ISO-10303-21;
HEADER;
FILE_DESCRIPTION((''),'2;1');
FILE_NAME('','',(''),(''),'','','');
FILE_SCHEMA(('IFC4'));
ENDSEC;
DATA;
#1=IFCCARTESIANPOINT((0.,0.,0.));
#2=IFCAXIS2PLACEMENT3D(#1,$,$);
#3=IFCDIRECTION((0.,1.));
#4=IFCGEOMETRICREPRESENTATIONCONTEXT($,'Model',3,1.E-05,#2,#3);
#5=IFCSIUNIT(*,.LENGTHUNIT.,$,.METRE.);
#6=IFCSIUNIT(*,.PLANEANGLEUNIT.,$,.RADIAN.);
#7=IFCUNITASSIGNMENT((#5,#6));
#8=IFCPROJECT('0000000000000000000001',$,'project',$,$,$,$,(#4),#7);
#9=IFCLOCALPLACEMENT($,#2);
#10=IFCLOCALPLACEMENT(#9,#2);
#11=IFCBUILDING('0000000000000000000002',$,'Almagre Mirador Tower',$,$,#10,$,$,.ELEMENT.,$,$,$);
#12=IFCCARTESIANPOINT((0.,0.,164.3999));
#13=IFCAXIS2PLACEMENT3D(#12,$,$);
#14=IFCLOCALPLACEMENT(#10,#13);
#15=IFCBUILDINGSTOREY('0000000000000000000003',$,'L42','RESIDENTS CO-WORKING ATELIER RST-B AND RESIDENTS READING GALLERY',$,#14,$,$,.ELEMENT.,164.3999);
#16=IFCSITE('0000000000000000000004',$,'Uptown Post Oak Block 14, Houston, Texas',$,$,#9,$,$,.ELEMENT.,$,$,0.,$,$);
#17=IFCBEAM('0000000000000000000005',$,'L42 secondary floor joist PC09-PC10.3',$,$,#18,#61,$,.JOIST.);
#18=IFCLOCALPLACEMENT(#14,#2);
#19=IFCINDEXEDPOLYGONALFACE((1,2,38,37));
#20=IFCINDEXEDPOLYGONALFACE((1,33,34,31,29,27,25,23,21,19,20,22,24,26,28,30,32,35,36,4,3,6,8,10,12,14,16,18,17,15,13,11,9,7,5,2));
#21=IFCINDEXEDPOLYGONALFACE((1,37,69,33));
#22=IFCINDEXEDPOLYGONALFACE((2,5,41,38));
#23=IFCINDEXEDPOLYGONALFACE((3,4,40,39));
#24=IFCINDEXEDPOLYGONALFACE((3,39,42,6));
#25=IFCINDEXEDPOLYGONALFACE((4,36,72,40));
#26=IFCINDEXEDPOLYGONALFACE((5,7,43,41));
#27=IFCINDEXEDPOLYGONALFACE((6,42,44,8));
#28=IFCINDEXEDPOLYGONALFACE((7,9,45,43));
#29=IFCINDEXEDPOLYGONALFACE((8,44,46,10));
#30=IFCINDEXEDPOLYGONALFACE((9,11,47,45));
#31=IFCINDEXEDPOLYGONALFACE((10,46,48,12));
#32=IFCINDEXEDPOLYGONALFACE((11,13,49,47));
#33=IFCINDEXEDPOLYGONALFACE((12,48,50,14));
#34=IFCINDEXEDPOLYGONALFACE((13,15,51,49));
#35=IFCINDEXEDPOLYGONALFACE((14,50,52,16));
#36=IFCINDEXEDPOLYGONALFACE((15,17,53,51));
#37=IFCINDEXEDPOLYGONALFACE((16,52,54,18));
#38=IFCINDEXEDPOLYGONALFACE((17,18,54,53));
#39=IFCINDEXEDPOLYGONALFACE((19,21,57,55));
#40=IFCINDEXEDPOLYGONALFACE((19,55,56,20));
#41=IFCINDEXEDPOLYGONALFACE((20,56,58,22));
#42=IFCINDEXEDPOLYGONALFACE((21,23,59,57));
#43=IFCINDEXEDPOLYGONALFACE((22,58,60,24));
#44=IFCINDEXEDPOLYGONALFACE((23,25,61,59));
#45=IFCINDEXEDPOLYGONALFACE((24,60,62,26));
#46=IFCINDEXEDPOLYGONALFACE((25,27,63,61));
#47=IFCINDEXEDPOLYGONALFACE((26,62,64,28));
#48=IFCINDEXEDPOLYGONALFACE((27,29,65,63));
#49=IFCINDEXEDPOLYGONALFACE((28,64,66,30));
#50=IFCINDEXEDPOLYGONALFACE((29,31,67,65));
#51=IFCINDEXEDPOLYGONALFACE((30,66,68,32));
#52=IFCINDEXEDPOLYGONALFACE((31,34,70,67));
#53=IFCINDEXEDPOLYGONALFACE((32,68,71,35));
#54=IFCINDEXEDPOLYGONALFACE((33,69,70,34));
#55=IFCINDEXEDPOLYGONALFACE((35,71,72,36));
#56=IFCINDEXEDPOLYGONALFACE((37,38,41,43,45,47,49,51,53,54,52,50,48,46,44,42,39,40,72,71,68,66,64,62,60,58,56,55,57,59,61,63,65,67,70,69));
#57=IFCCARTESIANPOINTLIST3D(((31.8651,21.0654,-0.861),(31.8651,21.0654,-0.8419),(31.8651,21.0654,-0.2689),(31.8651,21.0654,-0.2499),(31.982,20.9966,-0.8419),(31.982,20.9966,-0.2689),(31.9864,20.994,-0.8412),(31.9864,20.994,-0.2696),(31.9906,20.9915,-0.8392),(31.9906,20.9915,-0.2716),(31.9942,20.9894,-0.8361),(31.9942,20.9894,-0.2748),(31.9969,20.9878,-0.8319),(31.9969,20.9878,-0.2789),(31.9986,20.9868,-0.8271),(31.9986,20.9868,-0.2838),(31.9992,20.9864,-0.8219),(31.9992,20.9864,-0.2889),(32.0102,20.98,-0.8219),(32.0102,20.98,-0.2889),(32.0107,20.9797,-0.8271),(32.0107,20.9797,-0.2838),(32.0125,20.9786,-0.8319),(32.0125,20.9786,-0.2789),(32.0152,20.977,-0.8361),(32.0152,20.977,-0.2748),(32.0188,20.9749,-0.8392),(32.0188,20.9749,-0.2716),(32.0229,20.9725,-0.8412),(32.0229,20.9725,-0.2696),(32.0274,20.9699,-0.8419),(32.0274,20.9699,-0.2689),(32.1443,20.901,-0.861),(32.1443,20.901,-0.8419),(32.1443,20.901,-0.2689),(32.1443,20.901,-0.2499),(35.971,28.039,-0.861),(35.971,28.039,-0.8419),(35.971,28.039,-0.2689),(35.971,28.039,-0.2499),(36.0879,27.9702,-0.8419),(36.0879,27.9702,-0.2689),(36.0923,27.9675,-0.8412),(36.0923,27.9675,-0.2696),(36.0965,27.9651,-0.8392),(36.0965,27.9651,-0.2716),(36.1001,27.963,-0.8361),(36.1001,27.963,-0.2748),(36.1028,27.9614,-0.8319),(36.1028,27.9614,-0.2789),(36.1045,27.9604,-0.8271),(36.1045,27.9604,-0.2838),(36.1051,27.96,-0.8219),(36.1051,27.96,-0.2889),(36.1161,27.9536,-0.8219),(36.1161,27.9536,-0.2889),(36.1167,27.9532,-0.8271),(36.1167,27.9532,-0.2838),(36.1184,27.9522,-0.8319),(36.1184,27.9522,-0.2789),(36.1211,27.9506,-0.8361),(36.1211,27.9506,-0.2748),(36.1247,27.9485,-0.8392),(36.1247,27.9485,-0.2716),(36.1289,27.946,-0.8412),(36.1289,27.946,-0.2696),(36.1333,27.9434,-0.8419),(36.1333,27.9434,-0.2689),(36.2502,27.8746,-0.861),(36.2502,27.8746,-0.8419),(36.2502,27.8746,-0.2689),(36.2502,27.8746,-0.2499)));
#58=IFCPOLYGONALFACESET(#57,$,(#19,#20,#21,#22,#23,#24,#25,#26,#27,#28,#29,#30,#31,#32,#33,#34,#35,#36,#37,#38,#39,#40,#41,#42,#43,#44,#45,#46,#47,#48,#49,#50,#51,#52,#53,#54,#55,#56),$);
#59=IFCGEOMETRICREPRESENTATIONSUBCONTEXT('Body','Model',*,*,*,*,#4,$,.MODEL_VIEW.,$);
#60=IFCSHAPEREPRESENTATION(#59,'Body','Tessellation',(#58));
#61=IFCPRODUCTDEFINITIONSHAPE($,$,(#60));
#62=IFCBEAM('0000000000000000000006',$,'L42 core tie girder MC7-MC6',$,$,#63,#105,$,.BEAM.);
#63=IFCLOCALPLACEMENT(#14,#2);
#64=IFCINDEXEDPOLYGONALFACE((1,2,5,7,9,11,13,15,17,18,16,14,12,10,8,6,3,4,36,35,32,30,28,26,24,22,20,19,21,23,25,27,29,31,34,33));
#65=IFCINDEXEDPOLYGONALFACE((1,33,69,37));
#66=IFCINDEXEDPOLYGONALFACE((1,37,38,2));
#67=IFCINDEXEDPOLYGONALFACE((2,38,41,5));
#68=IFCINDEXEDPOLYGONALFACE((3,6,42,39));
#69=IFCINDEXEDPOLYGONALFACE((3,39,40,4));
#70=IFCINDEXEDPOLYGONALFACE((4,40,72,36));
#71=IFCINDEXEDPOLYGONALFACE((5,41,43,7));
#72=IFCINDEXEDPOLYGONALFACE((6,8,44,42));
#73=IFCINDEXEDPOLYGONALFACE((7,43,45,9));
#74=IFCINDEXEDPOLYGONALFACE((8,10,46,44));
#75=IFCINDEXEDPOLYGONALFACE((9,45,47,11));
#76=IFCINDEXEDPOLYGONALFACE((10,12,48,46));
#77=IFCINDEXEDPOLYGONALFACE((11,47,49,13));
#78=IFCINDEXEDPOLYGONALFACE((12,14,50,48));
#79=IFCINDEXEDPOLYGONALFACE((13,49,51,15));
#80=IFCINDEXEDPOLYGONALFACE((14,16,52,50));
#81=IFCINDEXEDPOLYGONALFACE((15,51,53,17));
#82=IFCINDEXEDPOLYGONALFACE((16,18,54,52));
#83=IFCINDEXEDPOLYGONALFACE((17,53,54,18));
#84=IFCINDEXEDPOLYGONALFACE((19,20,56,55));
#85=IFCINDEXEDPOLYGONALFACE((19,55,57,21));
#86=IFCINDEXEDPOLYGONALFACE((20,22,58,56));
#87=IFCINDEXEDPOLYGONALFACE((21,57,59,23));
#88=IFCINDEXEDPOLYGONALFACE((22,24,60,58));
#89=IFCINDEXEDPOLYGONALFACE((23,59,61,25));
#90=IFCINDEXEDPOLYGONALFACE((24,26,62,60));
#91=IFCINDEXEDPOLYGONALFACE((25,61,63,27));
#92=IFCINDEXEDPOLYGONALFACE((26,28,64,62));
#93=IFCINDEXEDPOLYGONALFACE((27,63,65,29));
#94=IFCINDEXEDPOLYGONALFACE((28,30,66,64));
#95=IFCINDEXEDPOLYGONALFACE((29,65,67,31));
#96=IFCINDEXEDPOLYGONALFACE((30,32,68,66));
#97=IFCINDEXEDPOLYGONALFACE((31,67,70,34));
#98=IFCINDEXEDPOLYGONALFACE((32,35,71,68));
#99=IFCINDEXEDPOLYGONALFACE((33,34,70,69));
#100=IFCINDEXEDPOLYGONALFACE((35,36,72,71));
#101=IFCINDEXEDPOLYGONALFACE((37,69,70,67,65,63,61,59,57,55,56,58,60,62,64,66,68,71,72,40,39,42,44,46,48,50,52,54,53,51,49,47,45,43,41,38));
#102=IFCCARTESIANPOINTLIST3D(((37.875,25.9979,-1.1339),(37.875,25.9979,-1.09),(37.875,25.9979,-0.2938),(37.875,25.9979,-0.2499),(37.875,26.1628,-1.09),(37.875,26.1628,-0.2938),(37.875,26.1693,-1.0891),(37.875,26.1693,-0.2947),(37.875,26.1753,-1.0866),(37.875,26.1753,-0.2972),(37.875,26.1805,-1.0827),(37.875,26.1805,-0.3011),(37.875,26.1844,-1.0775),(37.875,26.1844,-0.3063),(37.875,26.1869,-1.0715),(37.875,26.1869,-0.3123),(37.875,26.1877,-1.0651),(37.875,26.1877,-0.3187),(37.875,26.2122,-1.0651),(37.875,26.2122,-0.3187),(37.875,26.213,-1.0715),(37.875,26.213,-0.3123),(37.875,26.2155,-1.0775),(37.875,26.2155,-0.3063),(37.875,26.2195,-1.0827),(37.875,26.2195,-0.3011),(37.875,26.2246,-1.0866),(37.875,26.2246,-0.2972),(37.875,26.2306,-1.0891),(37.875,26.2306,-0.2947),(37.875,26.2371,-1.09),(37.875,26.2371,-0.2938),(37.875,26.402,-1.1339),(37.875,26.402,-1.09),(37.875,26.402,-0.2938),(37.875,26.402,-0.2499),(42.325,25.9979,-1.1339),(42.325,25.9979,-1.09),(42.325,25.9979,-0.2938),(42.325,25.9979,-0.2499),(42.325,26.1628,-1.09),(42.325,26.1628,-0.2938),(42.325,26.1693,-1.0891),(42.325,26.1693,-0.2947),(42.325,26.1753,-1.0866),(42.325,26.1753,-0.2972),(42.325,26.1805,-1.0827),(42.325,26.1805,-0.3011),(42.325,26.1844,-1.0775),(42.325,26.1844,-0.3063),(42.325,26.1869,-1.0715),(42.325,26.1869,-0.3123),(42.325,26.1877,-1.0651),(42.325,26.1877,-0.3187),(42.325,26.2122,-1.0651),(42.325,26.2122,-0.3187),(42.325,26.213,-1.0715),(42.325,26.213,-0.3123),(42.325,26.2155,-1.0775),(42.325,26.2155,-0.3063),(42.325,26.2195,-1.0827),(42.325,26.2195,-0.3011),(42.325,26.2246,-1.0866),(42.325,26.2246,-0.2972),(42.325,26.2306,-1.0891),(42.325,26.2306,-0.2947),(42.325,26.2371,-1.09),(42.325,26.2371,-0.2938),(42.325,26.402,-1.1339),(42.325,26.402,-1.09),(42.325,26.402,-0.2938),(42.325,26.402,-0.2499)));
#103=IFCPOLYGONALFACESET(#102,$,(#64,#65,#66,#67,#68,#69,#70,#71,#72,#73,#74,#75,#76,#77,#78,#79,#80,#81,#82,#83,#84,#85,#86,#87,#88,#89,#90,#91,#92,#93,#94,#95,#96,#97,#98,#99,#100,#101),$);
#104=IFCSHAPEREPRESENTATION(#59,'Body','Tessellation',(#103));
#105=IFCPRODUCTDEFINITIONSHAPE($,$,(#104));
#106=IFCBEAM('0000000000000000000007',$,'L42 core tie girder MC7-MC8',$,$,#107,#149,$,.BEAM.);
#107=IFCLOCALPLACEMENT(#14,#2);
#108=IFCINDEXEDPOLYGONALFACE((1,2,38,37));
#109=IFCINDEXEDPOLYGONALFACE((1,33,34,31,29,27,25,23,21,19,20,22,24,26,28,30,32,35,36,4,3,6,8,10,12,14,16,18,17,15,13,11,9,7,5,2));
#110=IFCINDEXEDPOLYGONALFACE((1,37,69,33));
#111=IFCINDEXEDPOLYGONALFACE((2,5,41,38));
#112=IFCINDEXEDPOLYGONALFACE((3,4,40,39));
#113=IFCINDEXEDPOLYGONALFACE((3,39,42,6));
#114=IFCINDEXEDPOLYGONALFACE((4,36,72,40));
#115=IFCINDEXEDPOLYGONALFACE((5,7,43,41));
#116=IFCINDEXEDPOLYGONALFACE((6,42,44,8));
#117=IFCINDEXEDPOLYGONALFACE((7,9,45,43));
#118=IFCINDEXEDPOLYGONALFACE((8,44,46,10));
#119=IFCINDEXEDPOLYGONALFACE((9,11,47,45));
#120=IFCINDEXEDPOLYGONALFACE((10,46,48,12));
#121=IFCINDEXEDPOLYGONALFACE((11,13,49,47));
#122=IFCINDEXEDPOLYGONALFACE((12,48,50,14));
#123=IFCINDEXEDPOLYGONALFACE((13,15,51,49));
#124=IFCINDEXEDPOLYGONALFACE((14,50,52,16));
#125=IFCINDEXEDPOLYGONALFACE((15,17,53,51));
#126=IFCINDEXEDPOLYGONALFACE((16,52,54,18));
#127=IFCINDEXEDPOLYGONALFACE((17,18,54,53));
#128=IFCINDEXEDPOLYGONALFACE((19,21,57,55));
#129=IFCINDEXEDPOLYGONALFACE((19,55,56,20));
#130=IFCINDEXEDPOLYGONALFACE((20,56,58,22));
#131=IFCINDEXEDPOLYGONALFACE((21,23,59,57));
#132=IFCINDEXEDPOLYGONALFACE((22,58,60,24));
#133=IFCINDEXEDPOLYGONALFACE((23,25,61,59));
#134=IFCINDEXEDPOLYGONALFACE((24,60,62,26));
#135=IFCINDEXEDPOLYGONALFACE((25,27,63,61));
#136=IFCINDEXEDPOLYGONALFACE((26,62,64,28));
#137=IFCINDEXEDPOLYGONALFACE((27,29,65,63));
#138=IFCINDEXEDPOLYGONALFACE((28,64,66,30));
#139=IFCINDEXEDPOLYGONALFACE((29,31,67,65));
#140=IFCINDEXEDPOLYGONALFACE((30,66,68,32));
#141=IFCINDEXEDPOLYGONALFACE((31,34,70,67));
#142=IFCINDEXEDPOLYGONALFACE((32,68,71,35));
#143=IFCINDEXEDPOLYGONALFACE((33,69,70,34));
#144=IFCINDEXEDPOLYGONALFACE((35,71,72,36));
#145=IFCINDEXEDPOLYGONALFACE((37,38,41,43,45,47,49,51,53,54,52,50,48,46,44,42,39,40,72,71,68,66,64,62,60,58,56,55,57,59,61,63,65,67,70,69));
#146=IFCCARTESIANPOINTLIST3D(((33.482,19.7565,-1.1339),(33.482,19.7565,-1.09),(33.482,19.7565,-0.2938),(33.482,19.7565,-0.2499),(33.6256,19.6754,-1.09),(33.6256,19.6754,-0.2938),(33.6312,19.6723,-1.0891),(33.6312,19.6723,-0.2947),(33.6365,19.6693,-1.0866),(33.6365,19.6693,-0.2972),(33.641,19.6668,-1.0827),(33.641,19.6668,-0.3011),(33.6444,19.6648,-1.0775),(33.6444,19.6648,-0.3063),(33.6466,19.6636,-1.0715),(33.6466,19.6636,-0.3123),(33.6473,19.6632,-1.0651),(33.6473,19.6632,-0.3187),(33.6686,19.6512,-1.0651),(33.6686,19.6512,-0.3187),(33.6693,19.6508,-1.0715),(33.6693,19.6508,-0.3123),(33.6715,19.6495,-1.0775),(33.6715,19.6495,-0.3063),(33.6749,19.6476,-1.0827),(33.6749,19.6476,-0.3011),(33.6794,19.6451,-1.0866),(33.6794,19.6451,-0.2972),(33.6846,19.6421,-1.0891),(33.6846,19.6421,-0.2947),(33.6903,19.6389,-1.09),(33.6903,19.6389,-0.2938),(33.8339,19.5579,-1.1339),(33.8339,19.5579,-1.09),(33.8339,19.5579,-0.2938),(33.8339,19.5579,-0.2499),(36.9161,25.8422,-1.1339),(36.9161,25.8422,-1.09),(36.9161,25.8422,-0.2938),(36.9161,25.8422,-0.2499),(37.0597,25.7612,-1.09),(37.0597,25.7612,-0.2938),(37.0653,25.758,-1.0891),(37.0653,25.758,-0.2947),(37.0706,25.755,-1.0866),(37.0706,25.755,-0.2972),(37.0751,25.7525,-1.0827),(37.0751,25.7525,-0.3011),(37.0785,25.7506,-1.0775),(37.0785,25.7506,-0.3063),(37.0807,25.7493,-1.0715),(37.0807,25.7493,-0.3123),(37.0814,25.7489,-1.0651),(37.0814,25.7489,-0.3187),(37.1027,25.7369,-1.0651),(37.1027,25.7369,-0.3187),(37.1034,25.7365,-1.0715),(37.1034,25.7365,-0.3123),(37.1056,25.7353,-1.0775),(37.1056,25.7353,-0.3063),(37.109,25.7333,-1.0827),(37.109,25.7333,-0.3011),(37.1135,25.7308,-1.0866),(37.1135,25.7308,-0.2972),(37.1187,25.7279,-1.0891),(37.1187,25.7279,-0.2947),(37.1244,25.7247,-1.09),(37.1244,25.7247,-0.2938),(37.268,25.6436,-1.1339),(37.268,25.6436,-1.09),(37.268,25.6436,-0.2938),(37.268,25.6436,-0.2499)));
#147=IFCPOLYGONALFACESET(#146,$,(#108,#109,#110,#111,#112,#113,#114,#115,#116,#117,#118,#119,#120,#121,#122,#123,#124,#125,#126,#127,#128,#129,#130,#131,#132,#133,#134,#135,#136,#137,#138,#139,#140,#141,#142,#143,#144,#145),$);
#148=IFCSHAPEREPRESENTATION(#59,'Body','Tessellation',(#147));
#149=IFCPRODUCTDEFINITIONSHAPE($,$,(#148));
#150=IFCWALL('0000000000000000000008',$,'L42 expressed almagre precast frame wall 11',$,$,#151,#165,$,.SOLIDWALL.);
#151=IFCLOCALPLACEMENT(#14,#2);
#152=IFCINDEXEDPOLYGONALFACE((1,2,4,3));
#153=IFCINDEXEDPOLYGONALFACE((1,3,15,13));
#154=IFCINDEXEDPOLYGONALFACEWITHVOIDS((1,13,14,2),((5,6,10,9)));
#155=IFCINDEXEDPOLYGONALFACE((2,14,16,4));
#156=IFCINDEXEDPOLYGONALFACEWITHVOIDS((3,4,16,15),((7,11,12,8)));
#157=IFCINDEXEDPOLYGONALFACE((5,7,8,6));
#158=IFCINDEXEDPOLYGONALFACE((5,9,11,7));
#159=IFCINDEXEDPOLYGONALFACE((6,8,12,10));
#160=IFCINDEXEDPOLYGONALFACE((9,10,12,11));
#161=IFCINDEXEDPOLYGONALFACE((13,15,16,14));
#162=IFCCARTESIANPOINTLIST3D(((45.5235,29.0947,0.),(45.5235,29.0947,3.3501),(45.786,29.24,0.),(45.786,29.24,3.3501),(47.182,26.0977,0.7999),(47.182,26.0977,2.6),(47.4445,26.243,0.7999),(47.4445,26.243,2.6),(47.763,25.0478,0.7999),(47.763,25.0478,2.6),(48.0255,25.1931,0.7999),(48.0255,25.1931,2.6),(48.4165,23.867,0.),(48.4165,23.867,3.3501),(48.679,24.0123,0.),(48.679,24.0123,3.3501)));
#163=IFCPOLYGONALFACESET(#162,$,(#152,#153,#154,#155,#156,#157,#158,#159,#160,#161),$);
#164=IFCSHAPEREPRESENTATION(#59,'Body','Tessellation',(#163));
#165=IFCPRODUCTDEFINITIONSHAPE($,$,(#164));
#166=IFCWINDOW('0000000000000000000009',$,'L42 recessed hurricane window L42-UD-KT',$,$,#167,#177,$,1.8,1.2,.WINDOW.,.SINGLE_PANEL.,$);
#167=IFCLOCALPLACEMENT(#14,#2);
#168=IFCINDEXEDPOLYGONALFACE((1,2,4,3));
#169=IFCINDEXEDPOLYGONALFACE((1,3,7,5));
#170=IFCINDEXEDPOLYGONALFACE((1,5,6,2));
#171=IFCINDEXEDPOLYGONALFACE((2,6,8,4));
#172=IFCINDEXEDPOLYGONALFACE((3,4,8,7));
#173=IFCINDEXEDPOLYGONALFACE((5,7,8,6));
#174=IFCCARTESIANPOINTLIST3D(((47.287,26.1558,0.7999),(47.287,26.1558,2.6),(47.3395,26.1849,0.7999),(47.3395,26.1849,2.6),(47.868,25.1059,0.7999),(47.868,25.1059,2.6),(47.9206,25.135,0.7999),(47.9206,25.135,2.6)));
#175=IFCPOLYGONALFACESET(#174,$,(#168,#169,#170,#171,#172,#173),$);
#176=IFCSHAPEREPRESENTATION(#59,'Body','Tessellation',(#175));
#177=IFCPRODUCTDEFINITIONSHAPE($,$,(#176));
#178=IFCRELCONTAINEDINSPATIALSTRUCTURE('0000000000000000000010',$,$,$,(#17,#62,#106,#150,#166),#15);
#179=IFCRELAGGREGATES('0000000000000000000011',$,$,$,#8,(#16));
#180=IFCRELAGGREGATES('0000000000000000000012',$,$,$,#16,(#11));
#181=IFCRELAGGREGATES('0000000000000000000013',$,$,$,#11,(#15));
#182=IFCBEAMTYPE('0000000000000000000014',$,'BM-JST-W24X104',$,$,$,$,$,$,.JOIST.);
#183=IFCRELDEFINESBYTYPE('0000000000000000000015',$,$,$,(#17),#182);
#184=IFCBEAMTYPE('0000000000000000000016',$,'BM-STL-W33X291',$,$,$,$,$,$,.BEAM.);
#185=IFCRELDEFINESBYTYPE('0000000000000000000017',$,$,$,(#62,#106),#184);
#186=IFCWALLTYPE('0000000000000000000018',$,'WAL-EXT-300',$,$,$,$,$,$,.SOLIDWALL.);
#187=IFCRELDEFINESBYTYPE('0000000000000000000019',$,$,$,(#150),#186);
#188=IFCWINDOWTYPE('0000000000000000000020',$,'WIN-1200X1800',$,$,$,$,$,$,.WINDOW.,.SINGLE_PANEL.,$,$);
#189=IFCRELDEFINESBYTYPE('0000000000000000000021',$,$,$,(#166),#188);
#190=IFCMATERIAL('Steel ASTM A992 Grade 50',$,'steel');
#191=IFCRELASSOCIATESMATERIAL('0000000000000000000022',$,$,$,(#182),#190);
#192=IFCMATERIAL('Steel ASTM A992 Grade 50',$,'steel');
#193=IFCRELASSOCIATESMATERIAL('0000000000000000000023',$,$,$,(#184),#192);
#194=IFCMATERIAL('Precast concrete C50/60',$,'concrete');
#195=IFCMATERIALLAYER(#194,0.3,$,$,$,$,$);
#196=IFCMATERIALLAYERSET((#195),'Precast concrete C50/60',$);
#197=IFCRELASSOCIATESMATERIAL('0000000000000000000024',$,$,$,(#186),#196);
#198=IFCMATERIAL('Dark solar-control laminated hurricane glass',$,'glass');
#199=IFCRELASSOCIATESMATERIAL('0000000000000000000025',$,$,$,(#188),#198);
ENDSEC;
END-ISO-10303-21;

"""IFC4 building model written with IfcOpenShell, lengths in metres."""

from ifc_helpers import new_model, si_unit, direction, frame, frame_2d, origin, origin_2d, place, context, subcontext, project, spatial, rectangle, i_section, extrude, material, layer, layer_set, material_profile, profile_set, type_object, element, fill, save


model = new_model("IFC4")

# Units and contexts
model_context = context("Model", 3, precision=1e-05, world=origin(), true_north=direction((0.0, 1.0)))
body_context = subcontext(model_context, "Body", "Model", "MODEL_VIEW")
ifc_project = project(units=[si_unit("LENGTHUNIT", "METRE"), si_unit("PLANEANGLEUNIT", "RADIAN")], contexts=[model_context])

# Site, building, storey
site_placement = place(None, origin())
site = spatial("IfcSite", under=ifc_project, at=site_placement, Name="Uptown Post Oak Block 14, Houston, Texas", CompositionType="ELEMENT", RefElevation=0.0)
building_placement = place(site_placement, origin())
building = spatial("IfcBuilding", under=site, at=building_placement, Name="Almagre Mirador Tower", CompositionType="ELEMENT")
storey_placement = place(building_placement, frame((0.0, 0.0, 164.3999)))
storey = spatial("IfcBuildingStorey", under=building, at=storey_placement, Name="L42", Description="RESIDENTS CO-WORKING ATELIER RST-B AND RESIDENTS READING GALLERY", CompositionType="ELEMENT", Elevation=164.3999)

# Beams
ifc_material_1 = material(Name="Steel ASTM A992 Grade 50", Category="steel")
ifc_material_profile_1 = material_profile(ifc_material_1, i_section(OverallWidth=0.324, OverallDepth=0.6111, WebThickness=0.0127, FlangeThickness=0.019, FilletRadius=0.02, at=origin_2d()), Name="W24X104")
ifc_profile_set_1 = profile_set([ifc_material_profile_1], Name="Steel ASTM A992 Grade 50")
beam_type_1 = type_object("IfcBeamType", Name="BM-JST-W24X104", PredefinedType="JOIST", material=ifc_profile_set_1)
beam_1_placement = place(storey_placement, frame((36.1106, 27.9568, -0.5554), z_axis=(-0.507371, -0.861728, 0.0), x_axis=(0.861728, -0.507371, 0.0)))
element("IfcBeam", 1, at=beam_1_placement, inside=storey, type_object=beam_type_1, Name="L42 secondary floor joist PC09-PC10.3", PredefinedType="JOIST", context=body_context, shape_type="SweptSolid", body=[
    extrude(i_section(OverallWidth=0.324, OverallDepth=0.6111, WebThickness=0.0127, FlangeThickness=0.019, FilletRadius=0.02, at=origin_2d()), origin(), (0.0, 0.0, 1.0), 8.0925),
])
ifc_material_2 = material(Name="Steel ASTM A992 Grade 50", Category="steel")
ifc_material_profile_2 = material_profile(ifc_material_2, i_section(OverallWidth=0.4041, OverallDepth=0.884, WebThickness=0.0244, FlangeThickness=0.0439, FilletRadius=0.0249, at=origin_2d()), Name="W33X291")
ifc_profile_set_2 = profile_set([ifc_material_profile_2], Name="Steel ASTM A992 Grade 50")
beam_type_2 = type_object("IfcBeamType", Name="BM-STL-W33X291", PredefinedType="BEAM", material=ifc_profile_set_2)
beam_2_placement = place(storey_placement, frame((37.875, 26.2, -0.6919), z_axis=(1.0, 0.0, 0.0), x_axis=(0.0, 1.0, 0.0)))
element("IfcBeam", 2, at=beam_2_placement, inside=storey, type_object=beam_type_2, Name="L42 core tie girder MC7-MC6", PredefinedType="BEAM", context=body_context, shape_type="SweptSolid", body=[
    extrude(i_section(OverallWidth=0.4041, OverallDepth=0.884, WebThickness=0.0244, FlangeThickness=0.0439, FilletRadius=0.0249, at=origin_2d()), origin(), (0.0, 0.0, 1.0), 4.45),
])
beam_3_placement = place(storey_placement, frame((37.092, 25.7429, -0.6919), z_axis=(-0.491444, -0.870909, 0.0), x_axis=(0.870909, -0.491444, 0.0)))
element("IfcBeam", 3, at=beam_3_placement, inside=storey, type_object=beam_type_2, Name="L42 core tie girder MC7-MC8", PredefinedType="BEAM", context=body_context, shape_type="SweptSolid", body=[
    extrude(i_section(OverallWidth=0.4041, OverallDepth=0.884, WebThickness=0.0244, FlangeThickness=0.0439, FilletRadius=0.0249, at=origin_2d()), origin(), (0.0, 0.0, 1.0), 6.9878),
])

# Wall, opening, window
ifc_material_3 = material(Name="Precast concrete C50/60", Category="concrete")
ifc_layer_1 = layer(ifc_material_3, 0.3)
ifc_layer_set_1 = layer_set([ifc_layer_1], Name="Precast concrete C50/60")
wall_type_1 = type_object("IfcWallType", Name="WAL-EXT-300", PredefinedType="SOLIDWALL", material=ifc_layer_set_1)
wall_1_placement = place(storey_placement, frame((45.6548, 29.1672, 0.0), z_axis=(0.0, 0.0, 1.0), x_axis=(0.484203, -0.874956, 0.0)))
wall_1 = element("IfcWall", 4, at=wall_1_placement, inside=storey, type_object=wall_type_1, Name="L42 expressed almagre precast frame wall 11", PredefinedType="SOLIDWALL", context=body_context, shape_type="SweptSolid", body=[
    extrude(rectangle(XDim=5.9749, YDim=0.3, at=frame_2d((2.9873, 0.0))), origin(), (0.0, 0.0, 1.0), 3.3501),
])
opening_1_placement = place(wall_1_placement, frame((3.425, 0.0, 0.8)))
opening_1 = element("IfcOpeningElement", 5, at=opening_1_placement, cuts=wall_1, PredefinedType="OPENING", context=body_context, shape_type="SweptSolid", body=[
    extrude(rectangle(XDim=1.2, YDim=1.8, at=frame_2d((0.6001, 0.8999))), frame((0.0, 0.1599, 0.0), z_axis=(0.0, -1.0, 0.0), x_axis=(1.0, 0.0, 0.0)), (0.0, 0.0, 1.0), 0.32),
])
ifc_material_4 = material(Name="Dark solar-control laminated hurricane glass", Category="glass")
window_type = type_object("IfcWindowType", Name="WIN-1200X1800", PartitioningType="SINGLE_PANEL", PredefinedType="WINDOW", material=ifc_material_4)
window_placement = place(opening_1_placement, origin())
window = element("IfcWindow", 6, at=window_placement, inside=storey, type_object=window_type, Name="L42 recessed hurricane window L42-UD-KT", OverallHeight=1.8, OverallWidth=1.2, PartitioningType="SINGLE_PANEL", PredefinedType="WINDOW", context=body_context, shape_type="SweptSolid", body=[
    extrude(rectangle(XDim=1.2, YDim=1.8, at=frame_2d((0.6001, 0.8999))), frame((0.0, 0.03, 0.0), z_axis=(0.0, -1.0, 0.0), x_axis=(1.0, 0.0, 0.0)), (0.0, 0.0, 1.0), 0.0601),
])
fill(opening_1, window)

save(model, "model.ifc")
